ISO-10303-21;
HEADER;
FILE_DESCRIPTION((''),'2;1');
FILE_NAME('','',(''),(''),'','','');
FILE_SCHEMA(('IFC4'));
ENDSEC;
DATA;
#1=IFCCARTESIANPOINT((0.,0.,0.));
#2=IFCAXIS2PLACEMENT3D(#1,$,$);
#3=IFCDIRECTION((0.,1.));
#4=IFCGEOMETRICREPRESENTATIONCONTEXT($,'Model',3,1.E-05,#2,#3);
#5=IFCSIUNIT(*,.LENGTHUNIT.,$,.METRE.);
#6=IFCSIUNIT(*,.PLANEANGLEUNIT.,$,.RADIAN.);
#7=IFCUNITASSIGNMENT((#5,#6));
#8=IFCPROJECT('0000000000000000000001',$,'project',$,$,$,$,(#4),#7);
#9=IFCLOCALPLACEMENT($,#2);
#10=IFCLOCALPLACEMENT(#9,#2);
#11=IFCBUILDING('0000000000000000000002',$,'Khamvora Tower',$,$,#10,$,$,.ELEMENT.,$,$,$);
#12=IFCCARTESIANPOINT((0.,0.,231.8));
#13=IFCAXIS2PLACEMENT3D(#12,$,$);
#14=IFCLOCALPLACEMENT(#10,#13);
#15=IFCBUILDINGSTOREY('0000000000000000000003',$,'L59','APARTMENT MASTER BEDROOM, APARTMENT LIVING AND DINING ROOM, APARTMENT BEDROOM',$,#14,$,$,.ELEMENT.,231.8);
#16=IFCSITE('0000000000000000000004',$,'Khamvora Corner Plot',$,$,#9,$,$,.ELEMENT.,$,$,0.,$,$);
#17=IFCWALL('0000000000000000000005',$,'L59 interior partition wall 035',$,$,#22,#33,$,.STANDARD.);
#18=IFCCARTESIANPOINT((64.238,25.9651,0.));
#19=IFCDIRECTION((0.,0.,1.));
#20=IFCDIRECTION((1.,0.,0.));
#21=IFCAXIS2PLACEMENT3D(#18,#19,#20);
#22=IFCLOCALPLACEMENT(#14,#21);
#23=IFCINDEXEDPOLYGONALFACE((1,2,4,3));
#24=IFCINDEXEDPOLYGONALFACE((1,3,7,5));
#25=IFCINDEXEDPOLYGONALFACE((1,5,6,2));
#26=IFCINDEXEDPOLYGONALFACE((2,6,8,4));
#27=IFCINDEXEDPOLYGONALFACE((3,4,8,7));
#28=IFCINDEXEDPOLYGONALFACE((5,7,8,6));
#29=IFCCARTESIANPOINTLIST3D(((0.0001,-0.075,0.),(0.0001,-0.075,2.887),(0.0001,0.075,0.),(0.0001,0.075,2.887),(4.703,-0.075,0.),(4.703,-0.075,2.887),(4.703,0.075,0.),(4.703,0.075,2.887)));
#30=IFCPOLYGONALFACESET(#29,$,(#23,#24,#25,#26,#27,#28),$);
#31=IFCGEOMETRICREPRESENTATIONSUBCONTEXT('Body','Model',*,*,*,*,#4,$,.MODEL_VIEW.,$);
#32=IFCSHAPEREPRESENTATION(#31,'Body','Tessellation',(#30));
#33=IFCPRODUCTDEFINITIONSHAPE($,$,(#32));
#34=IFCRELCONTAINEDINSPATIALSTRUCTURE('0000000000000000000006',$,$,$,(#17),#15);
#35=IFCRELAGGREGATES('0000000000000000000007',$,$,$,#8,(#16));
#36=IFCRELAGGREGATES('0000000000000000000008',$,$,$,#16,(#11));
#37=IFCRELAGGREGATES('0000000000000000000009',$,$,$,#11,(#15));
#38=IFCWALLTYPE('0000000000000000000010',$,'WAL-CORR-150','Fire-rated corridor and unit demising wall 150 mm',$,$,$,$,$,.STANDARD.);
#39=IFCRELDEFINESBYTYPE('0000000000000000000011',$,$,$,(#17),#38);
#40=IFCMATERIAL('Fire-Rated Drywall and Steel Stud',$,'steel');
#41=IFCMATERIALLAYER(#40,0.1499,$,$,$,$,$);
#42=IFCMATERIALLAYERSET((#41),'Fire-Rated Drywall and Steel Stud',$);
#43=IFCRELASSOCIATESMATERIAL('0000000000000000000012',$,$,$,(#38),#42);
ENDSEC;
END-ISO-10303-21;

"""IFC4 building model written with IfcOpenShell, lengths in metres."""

from ifc_helpers import new_model, si_unit, direction, frame, frame_2d, origin, place, context, subcontext, project, spatial, rectangle, extrude, material, layer, layer_set, type_object, element, save


model = new_model("IFC4")

# Units and contexts
model_context = context("Model", 3, precision=1e-05, world=origin(), true_north=direction((0.0, 1.0)))
body_context = subcontext(model_context, "Body", "Model", "MODEL_VIEW")
ifc_project = project(units=[si_unit("LENGTHUNIT", "METRE"), si_unit("PLANEANGLEUNIT", "RADIAN")], contexts=[model_context])

# Site, building, storey
site_placement = place(None, origin())
site = spatial("IfcSite", under=ifc_project, at=site_placement, Name="Khamvora Corner Plot", CompositionType="ELEMENT", RefElevation=0.0)
building_placement = place(site_placement, origin())
building = spatial("IfcBuilding", under=site, at=building_placement, Name="Khamvora Tower", CompositionType="ELEMENT")
storey_placement = place(building_placement, frame((0.0, 0.0, 231.8)))
storey = spatial("IfcBuildingStorey", under=building, at=storey_placement, Name="L59", Description="APARTMENT MASTER BEDROOM, APARTMENT LIVING AND DINING ROOM, APARTMENT BEDROOM", CompositionType="ELEMENT", Elevation=231.8)

# Shared definitions
ifc_material_1 = material(Name="Fire-Rated Drywall and Steel Stud", Category="steel")
ifc_layer_1 = layer(ifc_material_1, 0.1499)
ifc_layer_set_1 = layer_set([ifc_layer_1], Name="Fire-Rated Drywall and Steel Stud")
wall_type_1 = type_object("IfcWallType", Name="WAL-CORR-150", Description="Fire-rated corridor and unit demising wall 150 mm", PredefinedType="STANDARD", material=ifc_layer_set_1)

# Wall
wall_1_placement = place(storey_placement, frame((64.238, 25.9651, 0.0), z_axis=(0.0, 0.0, 1.0), x_axis=(1.0, 0.0, 0.0)))
element("IfcWall", 1, at=wall_1_placement, inside=storey, type_object=wall_type_1, Name="L59 interior partition wall 035", PredefinedType="STANDARD", context=body_context, shape_type="SweptSolid", body=[
    extrude(rectangle(XDim=4.7029, YDim=0.1499, at=frame_2d((2.3516, 0.0))), origin(), (0.0, 0.0, 1.0), 2.887),
])

save(model, "model.ifc")
